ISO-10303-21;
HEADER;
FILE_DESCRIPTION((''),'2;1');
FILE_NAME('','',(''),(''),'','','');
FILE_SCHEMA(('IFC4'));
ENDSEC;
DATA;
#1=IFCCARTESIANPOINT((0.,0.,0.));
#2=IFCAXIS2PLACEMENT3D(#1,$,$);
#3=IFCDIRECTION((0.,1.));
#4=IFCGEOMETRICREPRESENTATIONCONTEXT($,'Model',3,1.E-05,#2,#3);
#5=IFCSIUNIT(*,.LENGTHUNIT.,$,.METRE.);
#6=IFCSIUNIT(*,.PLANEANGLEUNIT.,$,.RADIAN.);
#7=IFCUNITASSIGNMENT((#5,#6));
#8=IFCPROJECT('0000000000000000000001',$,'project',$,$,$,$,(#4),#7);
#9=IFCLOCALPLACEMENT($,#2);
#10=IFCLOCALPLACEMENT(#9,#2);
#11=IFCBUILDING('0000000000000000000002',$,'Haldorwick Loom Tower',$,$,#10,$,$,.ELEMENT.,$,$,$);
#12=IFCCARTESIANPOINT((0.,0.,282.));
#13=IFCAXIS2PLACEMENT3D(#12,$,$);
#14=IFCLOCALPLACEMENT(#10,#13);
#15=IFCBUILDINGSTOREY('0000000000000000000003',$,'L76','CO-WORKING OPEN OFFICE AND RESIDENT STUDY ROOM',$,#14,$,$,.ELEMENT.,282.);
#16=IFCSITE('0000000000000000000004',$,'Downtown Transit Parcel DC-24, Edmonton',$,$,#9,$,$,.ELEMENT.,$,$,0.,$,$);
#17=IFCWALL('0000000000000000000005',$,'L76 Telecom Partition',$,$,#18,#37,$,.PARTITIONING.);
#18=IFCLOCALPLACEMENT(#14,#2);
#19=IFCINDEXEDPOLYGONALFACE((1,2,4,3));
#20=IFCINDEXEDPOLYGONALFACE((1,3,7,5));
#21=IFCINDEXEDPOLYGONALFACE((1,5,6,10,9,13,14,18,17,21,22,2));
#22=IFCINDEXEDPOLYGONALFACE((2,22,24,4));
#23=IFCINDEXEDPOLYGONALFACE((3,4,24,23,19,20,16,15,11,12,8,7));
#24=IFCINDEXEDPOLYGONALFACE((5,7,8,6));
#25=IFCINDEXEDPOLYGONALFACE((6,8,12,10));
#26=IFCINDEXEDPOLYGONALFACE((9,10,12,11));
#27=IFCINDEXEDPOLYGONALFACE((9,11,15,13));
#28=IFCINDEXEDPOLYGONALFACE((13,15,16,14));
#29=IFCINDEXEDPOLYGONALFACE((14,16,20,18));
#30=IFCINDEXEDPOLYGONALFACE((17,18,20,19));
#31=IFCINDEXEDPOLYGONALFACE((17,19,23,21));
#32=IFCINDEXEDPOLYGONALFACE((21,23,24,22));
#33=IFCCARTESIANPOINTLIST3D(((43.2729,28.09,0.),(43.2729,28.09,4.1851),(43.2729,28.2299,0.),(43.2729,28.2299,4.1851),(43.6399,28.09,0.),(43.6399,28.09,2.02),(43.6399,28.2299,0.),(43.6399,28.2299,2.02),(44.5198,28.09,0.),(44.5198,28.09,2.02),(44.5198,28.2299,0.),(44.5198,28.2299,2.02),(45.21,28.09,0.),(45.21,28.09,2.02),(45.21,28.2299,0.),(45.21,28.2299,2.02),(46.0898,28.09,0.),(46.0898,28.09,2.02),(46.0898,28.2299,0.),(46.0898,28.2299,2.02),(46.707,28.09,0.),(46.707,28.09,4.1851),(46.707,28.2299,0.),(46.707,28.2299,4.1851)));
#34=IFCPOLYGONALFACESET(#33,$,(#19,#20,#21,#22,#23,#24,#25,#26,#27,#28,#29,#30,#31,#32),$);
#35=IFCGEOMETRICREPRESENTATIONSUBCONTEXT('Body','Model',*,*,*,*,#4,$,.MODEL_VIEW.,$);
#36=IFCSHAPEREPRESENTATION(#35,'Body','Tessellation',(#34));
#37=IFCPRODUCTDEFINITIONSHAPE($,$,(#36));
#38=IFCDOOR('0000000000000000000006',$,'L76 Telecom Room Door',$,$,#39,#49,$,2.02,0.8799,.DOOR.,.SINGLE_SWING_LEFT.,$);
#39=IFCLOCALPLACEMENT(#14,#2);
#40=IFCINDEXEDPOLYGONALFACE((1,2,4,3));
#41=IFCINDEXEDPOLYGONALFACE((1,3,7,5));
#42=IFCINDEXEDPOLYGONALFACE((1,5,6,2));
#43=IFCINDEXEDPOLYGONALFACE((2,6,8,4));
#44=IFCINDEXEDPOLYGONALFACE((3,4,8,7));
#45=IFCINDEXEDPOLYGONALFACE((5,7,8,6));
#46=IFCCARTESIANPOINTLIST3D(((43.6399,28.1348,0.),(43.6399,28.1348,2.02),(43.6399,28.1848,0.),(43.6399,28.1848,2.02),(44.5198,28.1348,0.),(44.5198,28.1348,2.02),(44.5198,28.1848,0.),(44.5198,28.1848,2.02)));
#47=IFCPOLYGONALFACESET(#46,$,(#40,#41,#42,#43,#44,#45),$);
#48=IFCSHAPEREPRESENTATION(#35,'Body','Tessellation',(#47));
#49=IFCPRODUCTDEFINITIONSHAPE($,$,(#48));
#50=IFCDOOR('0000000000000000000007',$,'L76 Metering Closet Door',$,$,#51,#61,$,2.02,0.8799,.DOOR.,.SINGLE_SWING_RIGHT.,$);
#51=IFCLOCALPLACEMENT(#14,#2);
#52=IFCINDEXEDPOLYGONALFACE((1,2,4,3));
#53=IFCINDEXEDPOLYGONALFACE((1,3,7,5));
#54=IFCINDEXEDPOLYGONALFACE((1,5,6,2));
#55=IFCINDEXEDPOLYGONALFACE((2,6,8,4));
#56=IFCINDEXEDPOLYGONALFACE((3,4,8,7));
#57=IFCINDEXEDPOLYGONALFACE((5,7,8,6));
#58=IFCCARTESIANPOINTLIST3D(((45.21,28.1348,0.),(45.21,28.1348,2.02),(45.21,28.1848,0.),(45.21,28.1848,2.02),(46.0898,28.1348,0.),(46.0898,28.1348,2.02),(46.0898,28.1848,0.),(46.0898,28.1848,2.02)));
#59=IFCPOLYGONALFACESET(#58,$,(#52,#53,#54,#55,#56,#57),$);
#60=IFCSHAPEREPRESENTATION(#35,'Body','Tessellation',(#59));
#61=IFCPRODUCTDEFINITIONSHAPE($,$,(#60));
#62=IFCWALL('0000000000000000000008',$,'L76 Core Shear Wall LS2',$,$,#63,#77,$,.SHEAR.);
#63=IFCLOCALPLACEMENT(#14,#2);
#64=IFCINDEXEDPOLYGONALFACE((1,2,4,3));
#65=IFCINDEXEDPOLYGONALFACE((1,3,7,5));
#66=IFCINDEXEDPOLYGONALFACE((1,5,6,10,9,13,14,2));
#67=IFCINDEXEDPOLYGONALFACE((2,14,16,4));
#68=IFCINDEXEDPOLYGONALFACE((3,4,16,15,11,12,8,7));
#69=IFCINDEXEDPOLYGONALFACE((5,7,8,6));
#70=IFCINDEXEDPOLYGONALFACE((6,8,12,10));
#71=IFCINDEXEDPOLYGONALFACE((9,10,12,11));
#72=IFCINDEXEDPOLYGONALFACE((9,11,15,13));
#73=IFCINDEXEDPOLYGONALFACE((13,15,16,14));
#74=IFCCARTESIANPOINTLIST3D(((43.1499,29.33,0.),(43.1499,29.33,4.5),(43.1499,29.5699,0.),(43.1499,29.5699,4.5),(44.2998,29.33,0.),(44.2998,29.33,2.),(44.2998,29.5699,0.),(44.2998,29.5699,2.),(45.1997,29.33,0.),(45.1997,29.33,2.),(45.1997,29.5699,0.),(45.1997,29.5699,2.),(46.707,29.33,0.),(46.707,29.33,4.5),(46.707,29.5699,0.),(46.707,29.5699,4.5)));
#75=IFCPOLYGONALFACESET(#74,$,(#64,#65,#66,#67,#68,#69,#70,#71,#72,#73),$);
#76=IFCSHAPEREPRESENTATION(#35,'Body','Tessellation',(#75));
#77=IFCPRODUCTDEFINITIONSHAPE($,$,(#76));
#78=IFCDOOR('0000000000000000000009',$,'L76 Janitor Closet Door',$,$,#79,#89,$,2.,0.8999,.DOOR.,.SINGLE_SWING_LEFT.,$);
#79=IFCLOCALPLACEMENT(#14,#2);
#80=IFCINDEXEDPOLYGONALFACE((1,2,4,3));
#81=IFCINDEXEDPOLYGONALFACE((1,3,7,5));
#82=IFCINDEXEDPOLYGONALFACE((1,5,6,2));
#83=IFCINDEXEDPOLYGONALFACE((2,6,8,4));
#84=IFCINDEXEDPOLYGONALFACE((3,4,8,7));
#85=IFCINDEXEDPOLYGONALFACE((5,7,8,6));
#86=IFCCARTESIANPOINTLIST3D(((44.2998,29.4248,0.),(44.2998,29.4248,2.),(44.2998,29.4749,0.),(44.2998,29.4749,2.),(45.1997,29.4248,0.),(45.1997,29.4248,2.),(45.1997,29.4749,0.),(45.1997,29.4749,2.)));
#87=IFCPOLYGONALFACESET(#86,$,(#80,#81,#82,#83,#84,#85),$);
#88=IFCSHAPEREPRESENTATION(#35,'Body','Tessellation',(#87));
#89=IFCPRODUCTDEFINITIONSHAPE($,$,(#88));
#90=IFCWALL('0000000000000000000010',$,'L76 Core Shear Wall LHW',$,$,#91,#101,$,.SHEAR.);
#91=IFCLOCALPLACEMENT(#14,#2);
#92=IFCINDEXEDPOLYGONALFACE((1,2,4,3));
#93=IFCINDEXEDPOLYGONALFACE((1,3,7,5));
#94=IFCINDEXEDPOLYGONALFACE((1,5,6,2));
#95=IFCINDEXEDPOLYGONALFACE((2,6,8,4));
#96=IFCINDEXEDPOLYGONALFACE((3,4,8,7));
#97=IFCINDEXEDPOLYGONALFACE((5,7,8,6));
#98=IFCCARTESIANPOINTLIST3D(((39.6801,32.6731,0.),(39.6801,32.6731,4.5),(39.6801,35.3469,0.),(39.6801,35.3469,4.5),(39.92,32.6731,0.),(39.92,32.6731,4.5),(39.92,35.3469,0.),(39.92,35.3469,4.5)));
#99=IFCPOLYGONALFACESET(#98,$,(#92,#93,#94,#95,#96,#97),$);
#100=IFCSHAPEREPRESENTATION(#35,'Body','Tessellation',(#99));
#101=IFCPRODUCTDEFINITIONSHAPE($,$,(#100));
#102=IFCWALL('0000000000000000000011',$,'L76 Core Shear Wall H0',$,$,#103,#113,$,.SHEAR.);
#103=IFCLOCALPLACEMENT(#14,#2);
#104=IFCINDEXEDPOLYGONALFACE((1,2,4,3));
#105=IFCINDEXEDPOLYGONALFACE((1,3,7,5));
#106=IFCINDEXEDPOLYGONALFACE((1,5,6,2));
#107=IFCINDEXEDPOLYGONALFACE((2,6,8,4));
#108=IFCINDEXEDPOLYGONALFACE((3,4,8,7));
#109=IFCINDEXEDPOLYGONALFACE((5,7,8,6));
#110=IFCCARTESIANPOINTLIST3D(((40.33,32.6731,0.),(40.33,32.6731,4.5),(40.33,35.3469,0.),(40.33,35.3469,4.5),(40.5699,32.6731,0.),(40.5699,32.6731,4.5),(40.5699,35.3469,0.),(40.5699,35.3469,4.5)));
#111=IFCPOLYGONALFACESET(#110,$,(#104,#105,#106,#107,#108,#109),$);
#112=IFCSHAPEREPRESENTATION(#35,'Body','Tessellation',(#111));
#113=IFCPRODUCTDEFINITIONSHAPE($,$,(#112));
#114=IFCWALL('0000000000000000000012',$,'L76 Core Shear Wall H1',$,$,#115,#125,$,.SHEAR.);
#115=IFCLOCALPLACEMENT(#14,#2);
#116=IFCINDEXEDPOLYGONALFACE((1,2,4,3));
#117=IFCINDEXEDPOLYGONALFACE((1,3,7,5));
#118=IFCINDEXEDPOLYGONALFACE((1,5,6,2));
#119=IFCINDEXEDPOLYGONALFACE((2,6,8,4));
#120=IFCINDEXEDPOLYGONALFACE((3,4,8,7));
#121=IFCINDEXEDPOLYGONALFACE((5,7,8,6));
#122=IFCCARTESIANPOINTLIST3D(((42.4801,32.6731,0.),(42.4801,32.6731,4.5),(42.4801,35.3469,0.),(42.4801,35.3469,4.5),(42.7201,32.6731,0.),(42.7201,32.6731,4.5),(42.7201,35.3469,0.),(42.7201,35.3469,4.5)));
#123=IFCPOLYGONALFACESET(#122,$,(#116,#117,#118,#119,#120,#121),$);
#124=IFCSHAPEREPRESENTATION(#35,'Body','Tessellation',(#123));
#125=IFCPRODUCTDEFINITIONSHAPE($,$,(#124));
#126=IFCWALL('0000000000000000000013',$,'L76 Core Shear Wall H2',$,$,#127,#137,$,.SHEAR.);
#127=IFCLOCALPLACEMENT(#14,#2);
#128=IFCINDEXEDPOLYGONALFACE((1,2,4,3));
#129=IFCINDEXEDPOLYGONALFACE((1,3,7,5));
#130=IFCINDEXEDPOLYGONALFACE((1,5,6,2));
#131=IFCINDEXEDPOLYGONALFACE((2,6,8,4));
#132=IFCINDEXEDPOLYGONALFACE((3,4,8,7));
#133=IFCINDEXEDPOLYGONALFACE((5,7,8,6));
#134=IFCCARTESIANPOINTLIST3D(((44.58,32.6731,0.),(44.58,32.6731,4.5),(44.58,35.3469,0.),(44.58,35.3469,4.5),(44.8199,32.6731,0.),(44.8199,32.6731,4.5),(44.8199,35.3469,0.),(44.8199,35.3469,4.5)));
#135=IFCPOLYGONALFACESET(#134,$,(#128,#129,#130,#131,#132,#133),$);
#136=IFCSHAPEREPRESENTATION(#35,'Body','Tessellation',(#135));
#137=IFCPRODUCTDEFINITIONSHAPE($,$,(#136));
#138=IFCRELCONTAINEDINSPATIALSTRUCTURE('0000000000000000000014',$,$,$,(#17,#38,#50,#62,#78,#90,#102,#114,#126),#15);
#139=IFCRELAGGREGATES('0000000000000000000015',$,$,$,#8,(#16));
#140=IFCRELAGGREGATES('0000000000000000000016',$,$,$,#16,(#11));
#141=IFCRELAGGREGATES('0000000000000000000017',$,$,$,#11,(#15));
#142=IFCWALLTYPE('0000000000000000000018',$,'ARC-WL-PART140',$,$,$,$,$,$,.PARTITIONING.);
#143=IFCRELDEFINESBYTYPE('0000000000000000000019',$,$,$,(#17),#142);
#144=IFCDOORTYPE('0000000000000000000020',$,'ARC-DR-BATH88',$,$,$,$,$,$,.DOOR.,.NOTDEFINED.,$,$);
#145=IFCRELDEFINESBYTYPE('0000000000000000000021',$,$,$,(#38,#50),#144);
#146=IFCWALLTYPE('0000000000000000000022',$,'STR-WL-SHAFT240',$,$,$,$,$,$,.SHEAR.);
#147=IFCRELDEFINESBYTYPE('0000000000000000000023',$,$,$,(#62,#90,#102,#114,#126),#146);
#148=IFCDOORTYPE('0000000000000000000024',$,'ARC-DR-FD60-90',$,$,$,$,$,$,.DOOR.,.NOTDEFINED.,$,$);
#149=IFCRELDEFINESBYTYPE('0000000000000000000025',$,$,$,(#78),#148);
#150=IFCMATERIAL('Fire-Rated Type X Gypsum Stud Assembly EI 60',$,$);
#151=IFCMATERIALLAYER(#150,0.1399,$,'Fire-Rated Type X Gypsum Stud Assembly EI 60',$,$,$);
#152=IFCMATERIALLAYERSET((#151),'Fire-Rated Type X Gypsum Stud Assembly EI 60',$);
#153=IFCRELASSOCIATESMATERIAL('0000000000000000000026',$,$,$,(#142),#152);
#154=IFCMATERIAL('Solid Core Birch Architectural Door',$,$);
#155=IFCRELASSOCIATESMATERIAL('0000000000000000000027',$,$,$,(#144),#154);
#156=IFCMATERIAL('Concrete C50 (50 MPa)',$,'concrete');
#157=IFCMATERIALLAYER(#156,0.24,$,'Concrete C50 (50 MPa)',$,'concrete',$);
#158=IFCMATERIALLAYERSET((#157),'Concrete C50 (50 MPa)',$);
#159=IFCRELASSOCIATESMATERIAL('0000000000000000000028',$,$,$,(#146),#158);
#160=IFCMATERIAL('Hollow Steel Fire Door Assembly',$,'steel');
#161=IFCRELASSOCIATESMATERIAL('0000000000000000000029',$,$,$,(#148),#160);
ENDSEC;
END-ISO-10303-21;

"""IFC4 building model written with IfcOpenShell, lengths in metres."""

from ifc_helpers import new_model, si_unit, direction, frame, frame_2d, origin, place, context, subcontext, project, spatial, rectangle, extrude, material, layer, layer_set, type_object, element, fill, save


model = new_model("IFC4")

# Units and contexts
model_context = context("Model", 3, precision=1e-05, world=origin(), true_north=direction((0.0, 1.0)))
body_context = subcontext(model_context, "Body", "Model", "MODEL_VIEW")
ifc_project = project(units=[si_unit("LENGTHUNIT", "METRE"), si_unit("PLANEANGLEUNIT", "RADIAN")], contexts=[model_context])

# Site, building, storey
site_placement = place(None, origin())
site = spatial("IfcSite", under=ifc_project, at=site_placement, Name="Downtown Transit Parcel DC-24, Edmonton", CompositionType="ELEMENT", RefElevation=0.0)
building_placement = place(site_placement, origin())
building = spatial("IfcBuilding", under=site, at=building_placement, Name="Haldorwick Loom Tower", CompositionType="ELEMENT")
storey_placement = place(building_placement, frame((0.0, 0.0, 282.0)))
storey = spatial("IfcBuildingStorey", under=building, at=storey_placement, Name="L76", Description="CO-WORKING OPEN OFFICE AND RESIDENT STUDY ROOM", CompositionType="ELEMENT", Elevation=282.0)

# Shared definitions
ifc_material_1 = material(Name="Concrete C50 (50 MPa)", Category="concrete")

# Wall, openings, doors
ifc_material_2 = material(Name="Fire-Rated Type X Gypsum Stud Assembly EI 60")
ifc_layer_1 = layer(ifc_material_2, 0.1399, Name="Fire-Rated Type X Gypsum Stud Assembly EI 60")
ifc_layer_set_1 = layer_set([ifc_layer_1], Name="Fire-Rated Type X Gypsum Stud Assembly EI 60")
wall_type_1 = type_object("IfcWallType", Name="ARC-WL-PART140", PredefinedType="PARTITIONING", material=ifc_layer_set_1)
wall_1_placement = place(storey_placement, frame((43.2729, 28.1599, 0.0), z_axis=(0.0, 0.0, 1.0), x_axis=(1.0, 0.0, 0.0)))
wall_1 = element("IfcWall", 1, at=wall_1_placement, inside=storey, type_object=wall_type_1, Name="L76 Telecom Partition", PredefinedType="PARTITIONING", context=body_context, shape_type="SweptSolid", body=[
    extrude(rectangle(XDim=3.4341, YDim=0.1399, at=frame_2d((1.717, 0.0))), origin(), (0.0, 0.0, 1.0), 4.1851),
])
opening_1_placement = place(wall_1_placement, frame((0.3669, 0.0, 0.0)))
opening_1 = element("IfcOpeningElement", 2, at=opening_1_placement, cuts=wall_1, PredefinedType="OPENING", context=body_context, shape_type="SweptSolid", body=[
    extrude(rectangle(XDim=0.8799, YDim=2.02, at=frame_2d((0.4399, 1.01))), frame((0.0, 0.0798, 0.0), z_axis=(0.0, -1.0, 0.0), x_axis=(1.0, 0.0, 0.0)), (0.0, 0.0, 1.0), 0.1599),
])
opening_2_placement = place(wall_1_placement, frame((1.937, 0.0, 0.0)))
opening_2 = element("IfcOpeningElement", 3, at=opening_2_placement, cuts=wall_1, PredefinedType="OPENING", context=body_context, shape_type="SweptSolid", body=[
    extrude(rectangle(XDim=0.8799, YDim=2.02, at=frame_2d((0.4399, 1.01))), frame((0.0, 0.0798, 0.0), z_axis=(0.0, -1.0, 0.0), x_axis=(1.0, 0.0, 0.0)), (0.0, 0.0, 1.0), 0.1599),
])
ifc_material_3 = material(Name="Solid Core Birch Architectural Door")
door_type_1 = type_object("IfcDoorType", Name="ARC-DR-BATH88", OperationType="NOTDEFINED", PredefinedType="DOOR", material=ifc_material_3)
door_1_placement = place(opening_1_placement, origin())
door_1 = element("IfcDoor", 4, at=door_1_placement, inside=storey, type_object=door_type_1, Name="L76 Telecom Room Door", OperationType="SINGLE_SWING_LEFT", OverallHeight=2.02, OverallWidth=0.8799, PredefinedType="DOOR", context=body_context, shape_type="SweptSolid", body=[
    extrude(rectangle(XDim=0.8799, YDim=2.02, at=frame_2d((0.4399, 1.01))), frame((0.0, 0.0249, 0.0), z_axis=(0.0, -1.0, 0.0), x_axis=(1.0, 0.0, 0.0)), (0.0, 0.0, 1.0), 0.05),
])
fill(opening_1, door_1)
door_2_placement = place(opening_2_placement, origin())
door_2 = element("IfcDoor", 5, at=door_2_placement, inside=storey, type_object=door_type_1, Name="L76 Metering Closet Door", OperationType="SINGLE_SWING_RIGHT", OverallHeight=2.02, OverallWidth=0.8799, PredefinedType="DOOR", context=body_context, shape_type="SweptSolid", body=[
    extrude(rectangle(XDim=0.8799, YDim=2.02, at=frame_2d((0.4399, 1.01))), frame((0.0, 0.0249, 0.0), z_axis=(0.0, -1.0, 0.0), x_axis=(1.0, 0.0, 0.0)), (0.0, 0.0, 1.0), 0.05),
])
fill(opening_2, door_2)

# Wall, opening, door
ifc_layer_2 = layer(ifc_material_1, 0.24, Name="Concrete C50 (50 MPa)", Category="concrete")
ifc_layer_set_2 = layer_set([ifc_layer_2], Name="Concrete C50 (50 MPa)")
wall_type_2 = type_object("IfcWallType", Name="STR-WL-SHAFT240", PredefinedType="SHEAR", material=ifc_layer_set_2)
wall_2_placement = place(storey_placement, frame((43.1499, 29.45, 0.0), z_axis=(0.0, 0.0, 1.0), x_axis=(1.0, 0.0, 0.0)))
wall_2 = element("IfcWall", 6, at=wall_2_placement, inside=storey, type_object=wall_type_2, Name="L76 Core Shear Wall LS2", PredefinedType="SHEAR", context=body_context, shape_type="SweptSolid", body=[
    extrude(rectangle(XDim=3.5571, YDim=0.24, at=frame_2d((1.7786, 0.0))), origin(), (0.0, 0.0, 1.0), 4.5),
])
opening_3_placement = place(wall_2_placement, frame((1.1499, 0.0, 0.0)))
opening_3 = element("IfcOpeningElement", 7, at=opening_3_placement, cuts=wall_2, PredefinedType="OPENING", context=body_context, shape_type="SweptSolid", body=[
    extrude(rectangle(XDim=0.8999, YDim=2.0, at=frame_2d((0.45, 1.0))), frame((0.0, 0.1299, 0.0), z_axis=(0.0, -1.0, 0.0), x_axis=(1.0, 0.0, 0.0)), (0.0, 0.0, 1.0), 0.26),
])
ifc_material_4 = material(Name="Hollow Steel Fire Door Assembly", Category="steel")
door_type_2 = type_object("IfcDoorType", Name="ARC-DR-FD60-90", OperationType="NOTDEFINED", PredefinedType="DOOR", material=ifc_material_4)
door_3_placement = place(opening_3_placement, origin())
door_3 = element("IfcDoor", 8, at=door_3_placement, inside=storey, type_object=door_type_2, Name="L76 Janitor Closet Door", OperationType="SINGLE_SWING_LEFT", OverallHeight=2.0, OverallWidth=0.8999, PredefinedType="DOOR", context=body_context, shape_type="SweptSolid", body=[
    extrude(rectangle(XDim=0.8999, YDim=2.0, at=frame_2d((0.45, 1.0))), frame((0.0, 0.0249, 0.0), z_axis=(0.0, -1.0, 0.0), x_axis=(1.0, 0.0, 0.0)), (0.0, 0.0, 1.0), 0.05),
])
fill(opening_3, door_3)

# Walls
for number, where, z_axis, x_axis, name in (
    (9, (39.8, 32.6731, 0.0), (0.0, 0.0, 1.0), (0.0, 1.0, 0.0), "L76 Core Shear Wall LHW"),
    (10, (40.45, 32.6731, 0.0), (0.0, 0.0, 1.0), (0.0, 1.0, 0.0), "L76 Core Shear Wall H0"),
    (11, (42.6001, 32.6731, 0.0), (0.0, 0.0, 1.0), (0.0, 1.0, 0.0), "L76 Core Shear Wall H1"),
    (12, (44.7, 32.6731, 0.0), (0.0, 0.0, 1.0), (0.0, 1.0, 0.0), "L76 Core Shear Wall H2"),
):
    element("IfcWall", number, at=place(storey_placement, frame(where, z_axis=z_axis, x_axis=x_axis)), inside=storey, type_object=wall_type_2, Name=name, PredefinedType="SHEAR", context=body_context, shape_type="SweptSolid", body=[
        extrude(rectangle(XDim=2.6738, YDim=0.24, at=frame_2d((1.3369, 0.0))), origin(), (0.0, 0.0, 1.0), 4.5),
    ])

save(model, "model.ifc")
